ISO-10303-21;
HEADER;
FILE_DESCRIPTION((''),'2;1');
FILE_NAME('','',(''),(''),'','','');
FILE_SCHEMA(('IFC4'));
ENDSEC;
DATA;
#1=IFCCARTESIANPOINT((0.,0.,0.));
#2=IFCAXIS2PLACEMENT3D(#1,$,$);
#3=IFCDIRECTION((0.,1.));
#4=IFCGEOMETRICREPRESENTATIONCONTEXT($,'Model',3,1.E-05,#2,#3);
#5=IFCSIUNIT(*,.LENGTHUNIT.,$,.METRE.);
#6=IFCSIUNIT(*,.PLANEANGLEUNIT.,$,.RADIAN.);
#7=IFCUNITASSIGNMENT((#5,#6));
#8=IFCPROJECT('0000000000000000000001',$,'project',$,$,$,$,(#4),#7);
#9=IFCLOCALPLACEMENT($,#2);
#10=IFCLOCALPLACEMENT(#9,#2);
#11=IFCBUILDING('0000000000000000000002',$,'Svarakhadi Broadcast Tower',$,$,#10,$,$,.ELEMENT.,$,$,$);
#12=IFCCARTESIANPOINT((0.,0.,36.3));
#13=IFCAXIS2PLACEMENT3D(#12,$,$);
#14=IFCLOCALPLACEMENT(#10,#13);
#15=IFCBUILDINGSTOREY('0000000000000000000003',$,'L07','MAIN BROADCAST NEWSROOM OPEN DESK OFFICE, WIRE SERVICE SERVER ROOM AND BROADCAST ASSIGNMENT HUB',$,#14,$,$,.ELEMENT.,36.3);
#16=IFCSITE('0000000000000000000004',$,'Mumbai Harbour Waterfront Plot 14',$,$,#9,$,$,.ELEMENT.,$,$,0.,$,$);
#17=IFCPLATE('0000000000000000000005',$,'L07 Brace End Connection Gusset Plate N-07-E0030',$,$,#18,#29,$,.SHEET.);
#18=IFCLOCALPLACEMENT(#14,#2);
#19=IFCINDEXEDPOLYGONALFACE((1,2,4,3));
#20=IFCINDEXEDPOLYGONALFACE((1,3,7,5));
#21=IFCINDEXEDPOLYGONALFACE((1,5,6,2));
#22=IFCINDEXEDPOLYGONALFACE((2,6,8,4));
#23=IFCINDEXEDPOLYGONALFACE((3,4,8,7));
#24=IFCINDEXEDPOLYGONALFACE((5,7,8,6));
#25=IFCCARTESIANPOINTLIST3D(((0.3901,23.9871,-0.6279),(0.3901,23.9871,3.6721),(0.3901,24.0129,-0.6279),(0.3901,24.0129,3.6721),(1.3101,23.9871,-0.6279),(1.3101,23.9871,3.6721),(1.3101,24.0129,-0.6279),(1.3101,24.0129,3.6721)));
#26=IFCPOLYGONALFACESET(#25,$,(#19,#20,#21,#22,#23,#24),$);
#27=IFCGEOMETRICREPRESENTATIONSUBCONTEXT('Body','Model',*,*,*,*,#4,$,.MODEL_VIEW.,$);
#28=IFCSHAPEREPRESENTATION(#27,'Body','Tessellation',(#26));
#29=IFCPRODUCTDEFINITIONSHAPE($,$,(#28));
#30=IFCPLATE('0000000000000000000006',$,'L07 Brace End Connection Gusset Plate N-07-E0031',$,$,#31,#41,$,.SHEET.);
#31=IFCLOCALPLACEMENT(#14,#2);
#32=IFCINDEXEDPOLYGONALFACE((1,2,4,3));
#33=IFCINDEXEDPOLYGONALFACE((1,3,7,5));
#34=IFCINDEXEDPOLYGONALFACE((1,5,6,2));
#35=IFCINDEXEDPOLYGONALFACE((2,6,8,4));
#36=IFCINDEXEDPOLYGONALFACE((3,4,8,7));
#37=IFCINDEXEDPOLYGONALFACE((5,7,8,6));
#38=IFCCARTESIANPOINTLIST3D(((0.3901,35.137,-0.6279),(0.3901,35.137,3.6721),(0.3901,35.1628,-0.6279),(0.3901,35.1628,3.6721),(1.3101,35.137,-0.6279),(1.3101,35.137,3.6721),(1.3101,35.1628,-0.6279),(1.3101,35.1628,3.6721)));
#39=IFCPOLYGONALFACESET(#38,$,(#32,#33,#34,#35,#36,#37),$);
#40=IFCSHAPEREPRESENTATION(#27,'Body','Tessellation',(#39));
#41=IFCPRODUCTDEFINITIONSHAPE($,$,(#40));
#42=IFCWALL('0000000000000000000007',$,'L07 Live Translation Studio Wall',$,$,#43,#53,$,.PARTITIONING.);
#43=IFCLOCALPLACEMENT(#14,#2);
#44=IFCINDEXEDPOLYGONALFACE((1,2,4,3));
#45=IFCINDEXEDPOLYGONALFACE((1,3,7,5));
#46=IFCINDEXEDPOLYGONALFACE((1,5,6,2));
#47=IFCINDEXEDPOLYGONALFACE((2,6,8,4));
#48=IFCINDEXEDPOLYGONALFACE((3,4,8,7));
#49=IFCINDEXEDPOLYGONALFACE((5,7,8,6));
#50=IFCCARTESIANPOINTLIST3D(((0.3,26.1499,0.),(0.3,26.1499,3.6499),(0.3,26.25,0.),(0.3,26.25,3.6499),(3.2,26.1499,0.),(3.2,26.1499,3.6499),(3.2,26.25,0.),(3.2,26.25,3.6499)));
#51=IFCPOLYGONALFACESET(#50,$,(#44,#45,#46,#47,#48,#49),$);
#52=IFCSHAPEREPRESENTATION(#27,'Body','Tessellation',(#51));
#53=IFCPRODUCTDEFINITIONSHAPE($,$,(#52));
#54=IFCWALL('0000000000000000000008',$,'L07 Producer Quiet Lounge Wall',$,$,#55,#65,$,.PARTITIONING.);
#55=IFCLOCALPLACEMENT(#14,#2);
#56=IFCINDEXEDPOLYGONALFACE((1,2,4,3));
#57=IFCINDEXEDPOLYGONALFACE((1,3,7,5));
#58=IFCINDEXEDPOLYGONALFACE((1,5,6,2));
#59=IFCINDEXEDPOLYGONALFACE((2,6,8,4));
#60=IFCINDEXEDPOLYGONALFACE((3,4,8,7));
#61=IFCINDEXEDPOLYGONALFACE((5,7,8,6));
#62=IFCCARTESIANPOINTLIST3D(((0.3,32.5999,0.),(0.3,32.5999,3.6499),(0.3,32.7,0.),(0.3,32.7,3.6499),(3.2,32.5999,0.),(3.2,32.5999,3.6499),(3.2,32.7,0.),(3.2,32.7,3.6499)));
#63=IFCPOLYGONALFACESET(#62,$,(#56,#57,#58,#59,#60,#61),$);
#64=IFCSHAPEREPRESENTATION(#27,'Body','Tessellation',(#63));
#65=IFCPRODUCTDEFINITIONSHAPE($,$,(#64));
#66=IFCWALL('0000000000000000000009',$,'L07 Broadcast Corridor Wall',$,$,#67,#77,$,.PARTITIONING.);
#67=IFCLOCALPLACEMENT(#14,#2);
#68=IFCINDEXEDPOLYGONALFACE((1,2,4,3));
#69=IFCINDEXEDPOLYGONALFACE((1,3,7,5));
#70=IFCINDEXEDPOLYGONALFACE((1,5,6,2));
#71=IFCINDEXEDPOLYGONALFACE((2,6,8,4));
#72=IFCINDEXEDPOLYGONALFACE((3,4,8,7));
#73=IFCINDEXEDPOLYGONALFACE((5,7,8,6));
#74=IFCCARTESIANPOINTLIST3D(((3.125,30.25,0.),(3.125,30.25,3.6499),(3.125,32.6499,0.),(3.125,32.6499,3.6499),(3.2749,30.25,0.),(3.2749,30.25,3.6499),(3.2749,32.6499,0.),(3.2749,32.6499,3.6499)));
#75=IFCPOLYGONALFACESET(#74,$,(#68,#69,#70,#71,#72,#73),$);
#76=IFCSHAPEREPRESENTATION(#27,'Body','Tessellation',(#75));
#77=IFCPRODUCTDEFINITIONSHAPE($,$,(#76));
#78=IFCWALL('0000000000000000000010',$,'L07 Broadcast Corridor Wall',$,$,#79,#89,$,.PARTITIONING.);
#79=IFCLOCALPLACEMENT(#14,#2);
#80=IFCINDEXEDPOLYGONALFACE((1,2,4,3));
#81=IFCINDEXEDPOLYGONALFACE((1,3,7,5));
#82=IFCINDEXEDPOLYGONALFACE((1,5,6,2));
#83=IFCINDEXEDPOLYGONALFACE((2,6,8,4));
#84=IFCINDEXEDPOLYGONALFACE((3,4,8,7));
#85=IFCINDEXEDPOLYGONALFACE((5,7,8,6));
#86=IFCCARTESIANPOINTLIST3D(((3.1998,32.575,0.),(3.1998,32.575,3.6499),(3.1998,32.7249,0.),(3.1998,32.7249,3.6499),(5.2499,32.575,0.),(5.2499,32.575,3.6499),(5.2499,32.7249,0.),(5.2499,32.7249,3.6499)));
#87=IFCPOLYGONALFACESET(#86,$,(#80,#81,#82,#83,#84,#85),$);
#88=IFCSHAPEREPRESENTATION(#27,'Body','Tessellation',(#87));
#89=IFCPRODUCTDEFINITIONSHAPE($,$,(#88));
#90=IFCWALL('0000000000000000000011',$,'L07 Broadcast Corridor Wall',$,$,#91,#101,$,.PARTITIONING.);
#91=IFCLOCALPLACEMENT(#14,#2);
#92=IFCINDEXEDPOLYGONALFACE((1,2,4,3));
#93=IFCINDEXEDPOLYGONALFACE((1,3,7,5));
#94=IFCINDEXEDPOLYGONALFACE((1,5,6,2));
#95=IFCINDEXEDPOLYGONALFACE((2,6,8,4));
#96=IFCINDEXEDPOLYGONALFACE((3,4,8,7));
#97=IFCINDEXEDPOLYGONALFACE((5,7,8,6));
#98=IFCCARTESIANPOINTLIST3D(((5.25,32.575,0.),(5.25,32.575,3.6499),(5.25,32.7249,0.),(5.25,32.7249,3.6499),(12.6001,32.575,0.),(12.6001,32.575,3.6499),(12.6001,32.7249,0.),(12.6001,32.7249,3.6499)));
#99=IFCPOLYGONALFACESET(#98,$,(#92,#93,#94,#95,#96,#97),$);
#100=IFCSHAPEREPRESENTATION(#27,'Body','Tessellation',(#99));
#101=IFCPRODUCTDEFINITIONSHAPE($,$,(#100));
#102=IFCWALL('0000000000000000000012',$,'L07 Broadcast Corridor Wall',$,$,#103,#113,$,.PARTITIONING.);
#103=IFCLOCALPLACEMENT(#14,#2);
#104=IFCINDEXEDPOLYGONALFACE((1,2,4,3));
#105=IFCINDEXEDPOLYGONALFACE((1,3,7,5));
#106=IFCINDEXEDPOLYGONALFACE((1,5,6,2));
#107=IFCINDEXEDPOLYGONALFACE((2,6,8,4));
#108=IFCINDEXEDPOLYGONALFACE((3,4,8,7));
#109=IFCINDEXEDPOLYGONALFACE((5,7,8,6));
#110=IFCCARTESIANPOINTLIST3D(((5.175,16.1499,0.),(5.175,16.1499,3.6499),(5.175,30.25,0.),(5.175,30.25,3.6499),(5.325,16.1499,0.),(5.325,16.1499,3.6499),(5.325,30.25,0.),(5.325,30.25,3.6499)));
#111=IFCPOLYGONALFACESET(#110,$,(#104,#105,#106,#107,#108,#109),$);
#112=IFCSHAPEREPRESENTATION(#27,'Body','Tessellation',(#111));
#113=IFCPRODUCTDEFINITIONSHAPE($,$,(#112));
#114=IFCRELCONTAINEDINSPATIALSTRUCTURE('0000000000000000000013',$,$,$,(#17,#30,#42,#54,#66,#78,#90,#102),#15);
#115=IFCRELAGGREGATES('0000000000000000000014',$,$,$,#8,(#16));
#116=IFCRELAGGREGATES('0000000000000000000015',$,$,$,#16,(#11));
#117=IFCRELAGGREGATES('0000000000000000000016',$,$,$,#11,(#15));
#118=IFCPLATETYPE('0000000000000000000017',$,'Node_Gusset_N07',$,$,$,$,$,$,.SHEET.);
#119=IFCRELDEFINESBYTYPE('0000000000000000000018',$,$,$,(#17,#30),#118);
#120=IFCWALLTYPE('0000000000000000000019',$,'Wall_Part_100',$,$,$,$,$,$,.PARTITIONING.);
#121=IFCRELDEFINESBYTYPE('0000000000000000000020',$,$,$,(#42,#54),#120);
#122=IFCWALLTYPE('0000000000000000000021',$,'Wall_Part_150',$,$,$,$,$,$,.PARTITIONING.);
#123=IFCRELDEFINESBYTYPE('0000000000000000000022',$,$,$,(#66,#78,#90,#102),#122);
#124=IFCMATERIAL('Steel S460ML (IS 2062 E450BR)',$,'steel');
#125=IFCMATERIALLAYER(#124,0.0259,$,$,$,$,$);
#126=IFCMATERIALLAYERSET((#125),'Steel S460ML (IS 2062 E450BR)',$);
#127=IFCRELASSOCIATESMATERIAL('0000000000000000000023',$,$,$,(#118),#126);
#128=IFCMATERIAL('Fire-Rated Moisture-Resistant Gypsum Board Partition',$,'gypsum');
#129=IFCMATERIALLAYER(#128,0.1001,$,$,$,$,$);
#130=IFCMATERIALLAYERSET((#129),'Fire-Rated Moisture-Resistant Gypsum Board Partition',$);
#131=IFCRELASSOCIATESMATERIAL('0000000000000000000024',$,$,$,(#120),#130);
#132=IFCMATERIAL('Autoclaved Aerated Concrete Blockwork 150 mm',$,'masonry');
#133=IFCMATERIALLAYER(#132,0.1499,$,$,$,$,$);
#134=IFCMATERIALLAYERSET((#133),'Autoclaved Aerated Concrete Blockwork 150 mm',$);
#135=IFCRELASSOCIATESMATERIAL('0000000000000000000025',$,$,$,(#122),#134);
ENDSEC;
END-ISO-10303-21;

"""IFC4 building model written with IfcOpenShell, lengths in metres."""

from ifc_helpers import new_model, si_unit, direction, frame, frame_2d, origin, origin_2d, place, context, subcontext, project, spatial, rectangle, extrude, material, layer, layer_set, type_object, element, save


model = new_model("IFC4")

# Units and contexts
model_context = context("Model", 3, precision=1e-05, world=origin(), true_north=direction((0.0, 1.0)))
body_context = subcontext(model_context, "Body", "Model", "MODEL_VIEW")
ifc_project = project(units=[si_unit("LENGTHUNIT", "METRE"), si_unit("PLANEANGLEUNIT", "RADIAN")], contexts=[model_context])

# Site, building, storey
site_placement = place(None, origin())
site = spatial("IfcSite", under=ifc_project, at=site_placement, Name="Mumbai Harbour Waterfront Plot 14", CompositionType="ELEMENT", RefElevation=0.0)
building_placement = place(site_placement, origin())
building = spatial("IfcBuilding", under=site, at=building_placement, Name="Svarakhadi Broadcast Tower", CompositionType="ELEMENT")
storey_placement = place(building_placement, frame((0.0, 0.0, 36.3)))
storey = spatial("IfcBuildingStorey", under=building, at=storey_placement, Name="L07", Description="MAIN BROADCAST NEWSROOM OPEN DESK OFFICE, WIRE SERVICE SERVER ROOM AND BROADCAST ASSIGNMENT HUB", CompositionType="ELEMENT", Elevation=36.3)

# Shared definitions
ifc_material_1 = material(Name="Steel S460ML (IS 2062 E450BR)", Category="steel")

# Plates
ifc_layer_1 = layer(ifc_material_1, 0.0259)
ifc_layer_set_1 = layer_set([ifc_layer_1], Name="Steel S460ML (IS 2062 E450BR)")
plate_type_1 = type_object("IfcPlateType", Name="Node_Gusset_N07", PredefinedType="SHEET", material=ifc_layer_set_1)
for number, where, z_axis, x_axis, name in (
    (1, (0.8501, 24.0, -0.6279), (0.0, 0.0, 1.0), (1.0, 0.0, 0.0), "L07 Brace End Connection Gusset Plate N-07-E0030"),
    (2, (0.8501, 35.1499, -0.6279), (0.0, 0.0, 1.0), (1.0, 0.0, 0.0), "L07 Brace End Connection Gusset Plate N-07-E0031"),
):
    element("IfcPlate", number, at=place(storey_placement, frame(where, z_axis=z_axis, x_axis=x_axis)), inside=storey, type_object=plate_type_1, Name=name, PredefinedType="SHEET", context=body_context, shape_type="SweptSolid", body=[
        extrude(rectangle(XDim=0.9199, YDim=0.0259, at=origin_2d()), origin(), (0.0, 0.0, 1.0), 4.3),
    ])

# Walls
ifc_material_2 = material(Name="Fire-Rated Moisture-Resistant Gypsum Board Partition", Category="gypsum")
ifc_layer_2 = layer(ifc_material_2, 0.1001)
ifc_layer_set_2 = layer_set([ifc_layer_2], Name="Fire-Rated Moisture-Resistant Gypsum Board Partition")
wall_type_1 = type_object("IfcWallType", Name="Wall_Part_100", PredefinedType="PARTITIONING", material=ifc_layer_set_2)
for number, where, z_axis, x_axis, name in (
    (3, (0.3, 26.2, 0.0), (0.0, 0.0, 1.0), (1.0, 0.0, 0.0), "L07 Live Translation Studio Wall"),
    (4, (0.3, 32.6499, 0.0), (0.0, 0.0, 1.0), (1.0, 0.0, 0.0), "L07 Producer Quiet Lounge Wall"),
):
    element("IfcWall", number, at=place(storey_placement, frame(where, z_axis=z_axis, x_axis=x_axis)), inside=storey, type_object=wall_type_1, Name=name, PredefinedType="PARTITIONING", context=body_context, shape_type="SweptSolid", body=[
        extrude(rectangle(XDim=2.8999, YDim=0.1001, at=frame_2d((1.45, 0.0))), origin(), (0.0, 0.0, 1.0), 3.6499),
    ])
ifc_material_3 = material(Name="Autoclaved Aerated Concrete Blockwork 150 mm", Category="masonry")
ifc_layer_3 = layer(ifc_material_3, 0.1499)
ifc_layer_set_3 = layer_set([ifc_layer_3], Name="Autoclaved Aerated Concrete Blockwork 150 mm")
wall_type_2 = type_object("IfcWallType", Name="Wall_Part_150", PredefinedType="PARTITIONING", material=ifc_layer_set_3)
wall_1_placement = place(storey_placement, frame((3.2, 30.25, 0.0), z_axis=(0.0, 0.0, 1.0), x_axis=(0.0, 1.0, 0.0)))
element("IfcWall", 5, at=wall_1_placement, inside=storey, type_object=wall_type_2, Name="L07 Broadcast Corridor Wall", PredefinedType="PARTITIONING", context=body_context, shape_type="SweptSolid", body=[
    extrude(rectangle(XDim=2.3999, YDim=0.1499, at=frame_2d((1.2, 0.0))), origin(), (0.0, 0.0, 1.0), 3.6499),
])
wall_2_placement = place(storey_placement, frame((3.2, 32.6499, 0.0), z_axis=(0.0, 0.0, 1.0), x_axis=(1.0, 0.0, 0.0)))
element("IfcWall", 6, at=wall_2_placement, inside=storey, type_object=wall_type_2, Name="L07 Broadcast Corridor Wall", PredefinedType="PARTITIONING", context=body_context, shape_type="SweptSolid", body=[
    extrude(rectangle(XDim=2.05, YDim=0.1499, at=frame_2d((1.0249, 0.0))), origin(), (0.0, 0.0, 1.0), 3.6499),
])
wall_3_placement = place(storey_placement, frame((5.25, 32.6499, 0.0), z_axis=(0.0, 0.0, 1.0), x_axis=(1.0, 0.0, 0.0)))
element("IfcWall", 7, at=wall_3_placement, inside=storey, type_object=wall_type_2, Name="L07 Broadcast Corridor Wall", PredefinedType="PARTITIONING", context=body_context, shape_type="SweptSolid", body=[
    extrude(rectangle(XDim=7.3501, YDim=0.1499, at=frame_2d((3.675, 0.0))), origin(), (0.0, 0.0, 1.0), 3.6499),
])
wall_4_placement = place(storey_placement, frame((5.25, 30.25, 0.0), z_axis=(0.0, 0.0, 1.0), x_axis=(0.0, -1.0, 0.0)))
element("IfcWall", 8, at=wall_4_placement, inside=storey, type_object=wall_type_2, Name="L07 Broadcast Corridor Wall", PredefinedType="PARTITIONING", context=body_context, shape_type="SweptSolid", body=[
    extrude(rectangle(XDim=14.1001, YDim=0.1499, at=frame_2d((7.05, 0.0))), origin(), (0.0, 0.0, 1.0), 3.6499),
])

save(model, "model.ifc")
